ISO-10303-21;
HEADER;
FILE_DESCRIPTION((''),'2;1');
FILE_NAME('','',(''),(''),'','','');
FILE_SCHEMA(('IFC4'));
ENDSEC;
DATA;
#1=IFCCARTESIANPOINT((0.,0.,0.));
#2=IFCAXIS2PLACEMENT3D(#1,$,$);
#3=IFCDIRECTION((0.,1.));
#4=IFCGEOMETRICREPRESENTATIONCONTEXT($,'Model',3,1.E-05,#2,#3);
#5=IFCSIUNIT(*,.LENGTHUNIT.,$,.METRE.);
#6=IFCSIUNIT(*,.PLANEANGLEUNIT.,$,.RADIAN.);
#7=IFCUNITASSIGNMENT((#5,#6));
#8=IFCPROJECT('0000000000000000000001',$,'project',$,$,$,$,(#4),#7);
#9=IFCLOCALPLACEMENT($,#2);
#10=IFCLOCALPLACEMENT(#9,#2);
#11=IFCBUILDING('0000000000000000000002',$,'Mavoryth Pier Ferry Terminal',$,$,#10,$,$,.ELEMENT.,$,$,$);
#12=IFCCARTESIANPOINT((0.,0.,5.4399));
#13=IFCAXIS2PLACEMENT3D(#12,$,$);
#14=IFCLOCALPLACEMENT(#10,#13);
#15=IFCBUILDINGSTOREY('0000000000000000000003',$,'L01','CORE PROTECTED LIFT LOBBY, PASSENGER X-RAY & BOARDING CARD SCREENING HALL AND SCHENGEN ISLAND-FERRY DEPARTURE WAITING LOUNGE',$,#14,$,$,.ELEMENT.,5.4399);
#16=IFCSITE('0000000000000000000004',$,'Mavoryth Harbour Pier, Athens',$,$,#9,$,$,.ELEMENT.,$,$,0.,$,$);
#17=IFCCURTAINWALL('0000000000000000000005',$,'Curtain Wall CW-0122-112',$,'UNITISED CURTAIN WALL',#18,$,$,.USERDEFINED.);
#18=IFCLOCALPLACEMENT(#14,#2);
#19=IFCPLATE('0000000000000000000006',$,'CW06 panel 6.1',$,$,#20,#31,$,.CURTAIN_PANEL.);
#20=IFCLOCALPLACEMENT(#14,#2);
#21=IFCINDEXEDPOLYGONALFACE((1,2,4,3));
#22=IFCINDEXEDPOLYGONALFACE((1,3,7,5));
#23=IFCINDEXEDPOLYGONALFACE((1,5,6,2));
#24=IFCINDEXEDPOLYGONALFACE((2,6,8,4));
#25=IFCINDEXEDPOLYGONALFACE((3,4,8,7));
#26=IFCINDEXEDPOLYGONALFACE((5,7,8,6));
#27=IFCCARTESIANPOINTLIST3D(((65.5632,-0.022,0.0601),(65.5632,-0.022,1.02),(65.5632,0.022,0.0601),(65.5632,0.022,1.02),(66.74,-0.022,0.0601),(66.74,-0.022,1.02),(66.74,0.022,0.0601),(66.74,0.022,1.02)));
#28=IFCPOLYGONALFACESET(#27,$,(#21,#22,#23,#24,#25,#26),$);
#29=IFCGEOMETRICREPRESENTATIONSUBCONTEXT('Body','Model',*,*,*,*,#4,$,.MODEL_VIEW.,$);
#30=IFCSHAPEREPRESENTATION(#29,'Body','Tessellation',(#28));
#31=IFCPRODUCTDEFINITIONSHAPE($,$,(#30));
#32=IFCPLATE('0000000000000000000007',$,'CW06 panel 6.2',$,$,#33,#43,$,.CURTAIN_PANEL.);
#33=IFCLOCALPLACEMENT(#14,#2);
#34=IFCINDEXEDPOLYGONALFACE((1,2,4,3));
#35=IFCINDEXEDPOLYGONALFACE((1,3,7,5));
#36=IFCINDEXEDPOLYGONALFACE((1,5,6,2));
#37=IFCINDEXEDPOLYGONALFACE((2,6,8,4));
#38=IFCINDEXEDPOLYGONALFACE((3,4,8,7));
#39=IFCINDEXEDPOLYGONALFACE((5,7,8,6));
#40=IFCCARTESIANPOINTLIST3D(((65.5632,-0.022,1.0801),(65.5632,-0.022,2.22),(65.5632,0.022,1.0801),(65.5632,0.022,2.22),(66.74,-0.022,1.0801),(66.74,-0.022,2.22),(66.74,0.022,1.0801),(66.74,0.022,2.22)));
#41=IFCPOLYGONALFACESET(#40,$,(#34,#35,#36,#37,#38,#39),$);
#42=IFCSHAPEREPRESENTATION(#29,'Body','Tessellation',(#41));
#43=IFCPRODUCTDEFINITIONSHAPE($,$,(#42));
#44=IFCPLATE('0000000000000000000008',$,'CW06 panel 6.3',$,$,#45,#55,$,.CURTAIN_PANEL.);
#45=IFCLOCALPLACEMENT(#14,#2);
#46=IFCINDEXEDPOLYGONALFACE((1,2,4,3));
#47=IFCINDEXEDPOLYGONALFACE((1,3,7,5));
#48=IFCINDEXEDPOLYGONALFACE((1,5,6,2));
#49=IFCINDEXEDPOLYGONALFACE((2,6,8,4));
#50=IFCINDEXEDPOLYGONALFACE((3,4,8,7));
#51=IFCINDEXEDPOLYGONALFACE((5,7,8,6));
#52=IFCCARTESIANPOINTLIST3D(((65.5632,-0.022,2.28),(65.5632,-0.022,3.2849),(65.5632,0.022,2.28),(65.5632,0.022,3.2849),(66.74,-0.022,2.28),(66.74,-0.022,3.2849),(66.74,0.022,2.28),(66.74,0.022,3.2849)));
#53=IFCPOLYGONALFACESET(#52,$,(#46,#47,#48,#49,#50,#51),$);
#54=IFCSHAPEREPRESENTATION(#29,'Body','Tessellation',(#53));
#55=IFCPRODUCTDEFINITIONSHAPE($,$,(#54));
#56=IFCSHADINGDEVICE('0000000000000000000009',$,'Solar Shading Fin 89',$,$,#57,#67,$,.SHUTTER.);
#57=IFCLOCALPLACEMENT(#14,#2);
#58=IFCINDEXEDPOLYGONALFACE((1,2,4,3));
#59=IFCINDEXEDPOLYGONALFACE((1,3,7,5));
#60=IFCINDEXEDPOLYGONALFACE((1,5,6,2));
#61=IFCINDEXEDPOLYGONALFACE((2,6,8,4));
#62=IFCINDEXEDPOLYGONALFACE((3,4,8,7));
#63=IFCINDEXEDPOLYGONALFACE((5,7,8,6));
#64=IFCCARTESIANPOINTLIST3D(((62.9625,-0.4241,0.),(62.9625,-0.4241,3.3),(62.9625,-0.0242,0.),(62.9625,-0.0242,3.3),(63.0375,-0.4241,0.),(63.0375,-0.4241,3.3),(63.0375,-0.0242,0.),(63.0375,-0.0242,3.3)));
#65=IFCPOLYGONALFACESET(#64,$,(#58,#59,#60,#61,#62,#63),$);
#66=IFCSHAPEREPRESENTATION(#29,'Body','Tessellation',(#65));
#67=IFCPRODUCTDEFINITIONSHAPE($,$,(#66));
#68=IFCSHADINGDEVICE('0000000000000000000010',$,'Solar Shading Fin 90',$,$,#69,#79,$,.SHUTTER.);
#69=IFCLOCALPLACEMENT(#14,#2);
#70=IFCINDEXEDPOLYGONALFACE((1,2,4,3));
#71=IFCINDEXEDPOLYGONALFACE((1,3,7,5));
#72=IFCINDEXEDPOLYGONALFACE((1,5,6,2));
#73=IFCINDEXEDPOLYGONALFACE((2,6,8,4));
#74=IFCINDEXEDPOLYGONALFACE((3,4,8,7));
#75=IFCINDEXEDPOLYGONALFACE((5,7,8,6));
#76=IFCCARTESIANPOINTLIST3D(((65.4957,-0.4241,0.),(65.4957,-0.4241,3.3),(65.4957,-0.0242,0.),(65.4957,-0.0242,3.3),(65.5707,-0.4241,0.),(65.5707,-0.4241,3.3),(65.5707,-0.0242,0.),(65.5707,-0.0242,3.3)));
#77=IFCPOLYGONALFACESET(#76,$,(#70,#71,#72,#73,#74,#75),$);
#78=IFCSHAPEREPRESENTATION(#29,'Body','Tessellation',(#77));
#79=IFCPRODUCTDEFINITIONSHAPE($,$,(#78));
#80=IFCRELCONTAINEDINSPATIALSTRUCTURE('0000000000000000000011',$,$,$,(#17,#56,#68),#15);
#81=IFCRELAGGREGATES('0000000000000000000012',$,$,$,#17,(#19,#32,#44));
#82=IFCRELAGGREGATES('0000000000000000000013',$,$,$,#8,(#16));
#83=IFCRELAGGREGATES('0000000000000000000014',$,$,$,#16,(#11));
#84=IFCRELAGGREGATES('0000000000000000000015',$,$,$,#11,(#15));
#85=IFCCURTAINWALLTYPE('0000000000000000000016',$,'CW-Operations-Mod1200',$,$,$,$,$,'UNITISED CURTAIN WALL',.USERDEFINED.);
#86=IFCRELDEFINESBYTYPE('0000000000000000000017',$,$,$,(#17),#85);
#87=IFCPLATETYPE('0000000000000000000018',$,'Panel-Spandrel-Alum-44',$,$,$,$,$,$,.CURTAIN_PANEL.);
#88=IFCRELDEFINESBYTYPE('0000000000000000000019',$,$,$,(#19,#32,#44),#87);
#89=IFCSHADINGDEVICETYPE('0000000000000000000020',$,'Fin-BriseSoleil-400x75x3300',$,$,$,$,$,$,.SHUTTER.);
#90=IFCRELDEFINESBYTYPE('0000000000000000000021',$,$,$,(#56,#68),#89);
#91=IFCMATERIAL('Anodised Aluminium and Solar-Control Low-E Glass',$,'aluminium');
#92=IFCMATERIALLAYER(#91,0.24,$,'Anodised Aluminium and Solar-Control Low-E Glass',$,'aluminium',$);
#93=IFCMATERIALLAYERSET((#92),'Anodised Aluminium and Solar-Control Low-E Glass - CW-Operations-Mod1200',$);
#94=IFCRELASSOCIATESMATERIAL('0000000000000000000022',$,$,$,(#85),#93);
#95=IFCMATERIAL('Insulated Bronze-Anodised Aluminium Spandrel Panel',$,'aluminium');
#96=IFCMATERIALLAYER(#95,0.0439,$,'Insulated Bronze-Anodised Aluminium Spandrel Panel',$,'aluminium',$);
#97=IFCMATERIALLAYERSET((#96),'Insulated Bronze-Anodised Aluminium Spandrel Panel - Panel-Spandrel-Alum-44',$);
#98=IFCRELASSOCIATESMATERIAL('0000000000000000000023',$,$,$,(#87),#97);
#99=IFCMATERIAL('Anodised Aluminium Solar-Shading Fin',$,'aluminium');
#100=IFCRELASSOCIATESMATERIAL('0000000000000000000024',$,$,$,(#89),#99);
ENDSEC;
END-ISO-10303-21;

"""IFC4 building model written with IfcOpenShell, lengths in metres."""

from ifc_helpers import new_model, si_unit, direction, frame, origin, origin_2d, place, context, subcontext, project, spatial, rectangle, extrude, material, layer, layer_set, type_object, element, aggregate, save


model = new_model("IFC4")

# Units and contexts
model_context = context("Model", 3, precision=1e-05, world=origin(), true_north=direction((0.0, 1.0)))
body_context = subcontext(model_context, "Body", "Model", "MODEL_VIEW")
ifc_project = project(units=[si_unit("LENGTHUNIT", "METRE"), si_unit("PLANEANGLEUNIT", "RADIAN")], contexts=[model_context])

# Site, building, storey
site_placement = place(None, origin())
site = spatial("IfcSite", under=ifc_project, at=site_placement, Name="Mavoryth Harbour Pier, Athens", CompositionType="ELEMENT", RefElevation=0.0)
building_placement = place(site_placement, origin())
building = spatial("IfcBuilding", under=site, at=building_placement, Name="Mavoryth Pier Ferry Terminal", CompositionType="ELEMENT")
storey_placement = place(building_placement, frame((0.0, 0.0, 5.4399)))
storey = spatial("IfcBuildingStorey", under=building, at=storey_placement, Name="L01", Description="CORE PROTECTED LIFT LOBBY, PASSENGER X-RAY & BOARDING CARD SCREENING HALL AND SCHENGEN ISLAND-FERRY DEPARTURE WAITING LOUNGE", CompositionType="ELEMENT", Elevation=5.4399)

# Curtain wall, plates
ifc_material_1 = material(Name="Anodised Aluminium and Solar-Control Low-E Glass", Category="aluminium")
ifc_layer_1 = layer(ifc_material_1, 0.24, Name="Anodised Aluminium and Solar-Control Low-E Glass", Category="aluminium")
ifc_layer_set_1 = layer_set([ifc_layer_1], Name="Anodised Aluminium and Solar-Control Low-E Glass - CW-Operations-Mod1200")
curtain_wall_type = type_object("IfcCurtainWallType", Name="CW-Operations-Mod1200", ElementType="UNITISED CURTAIN WALL", PredefinedType="USERDEFINED", material=ifc_layer_set_1)
curtain_wall_placement = place(storey_placement, origin())
curtain_wall = element("IfcCurtainWall", 1, at=curtain_wall_placement, inside=storey, type_object=curtain_wall_type, Name="Curtain Wall CW-0122-112", ObjectType="UNITISED CURTAIN WALL", PredefinedType="USERDEFINED")
ifc_material_2 = material(Name="Insulated Bronze-Anodised Aluminium Spandrel Panel", Category="aluminium")
ifc_layer_2 = layer(ifc_material_2, 0.0439, Name="Insulated Bronze-Anodised Aluminium Spandrel Panel", Category="aluminium")
ifc_layer_set_2 = layer_set([ifc_layer_2], Name="Insulated Bronze-Anodised Aluminium Spandrel Panel - Panel-Spandrel-Alum-44")
plate_type = type_object("IfcPlateType", Name="Panel-Spandrel-Alum-44", PredefinedType="CURTAIN_PANEL", material=ifc_layer_set_2)
plate_1_placement = place(storey_placement, frame((66.1516, 0.0, 0.0601), z_axis=(0.0, 0.0, 1.0), x_axis=(1.0, 0.0, 0.0)))
plate_1 = element("IfcPlate", 2, at=plate_1_placement, type_object=plate_type, Name="CW06 panel 6.1", PredefinedType="CURTAIN_PANEL", context=body_context, shape_type="SweptSolid", body=[
    extrude(rectangle(XDim=1.1768, YDim=0.0439, at=origin_2d()), origin(), (0.0, 0.0, 1.0), 0.96),
])
plate_2_placement = place(storey_placement, frame((66.1516, 0.0, 1.0801), z_axis=(0.0, 0.0, 1.0), x_axis=(1.0, 0.0, 0.0)))
plate_2 = element("IfcPlate", 3, at=plate_2_placement, type_object=plate_type, Name="CW06 panel 6.2", PredefinedType="CURTAIN_PANEL", context=body_context, shape_type="SweptSolid", body=[
    extrude(rectangle(XDim=1.1768, YDim=0.0439, at=origin_2d()), origin(), (0.0, 0.0, 1.0), 1.1399),
])
plate_3_placement = place(storey_placement, frame((66.1516, 0.0, 2.28), z_axis=(0.0, 0.0, 1.0), x_axis=(1.0, 0.0, 0.0)))
plate_3 = element("IfcPlate", 4, at=plate_3_placement, type_object=plate_type, Name="CW06 panel 6.3", PredefinedType="CURTAIN_PANEL", context=body_context, shape_type="SweptSolid", body=[
    extrude(rectangle(XDim=1.1768, YDim=0.0439, at=origin_2d()), origin(), (0.0, 0.0, 1.0), 1.0049),
])
aggregate(curtain_wall, [plate_1, plate_2, plate_3])

# Shading devices
ifc_material_3 = material(Name="Anodised Aluminium Solar-Shading Fin", Category="aluminium")
shading_device_type = type_object("IfcShadingDeviceType", Name="Fin-BriseSoleil-400x75x3300", PredefinedType="SHUTTER", material=ifc_material_3)
for number, where, z_axis, x_axis, name in (
    (5, (63.0, -0.2241, 0.0), (0.0, 0.0, 1.0), (1.0, 0.0, 0.0), "Solar Shading Fin 89"),
    (6, (65.5332, -0.2241, 0.0), (0.0, 0.0, 1.0), (1.0, 0.0, 0.0), "Solar Shading Fin 90"),
):
    element("IfcShadingDevice", number, at=place(storey_placement, frame(where, z_axis=z_axis, x_axis=x_axis)), inside=storey, type_object=shading_device_type, Name=name, PredefinedType="SHUTTER", context=body_context, shape_type="SweptSolid", body=[
        extrude(rectangle(XDim=0.075, YDim=0.3999, at=origin_2d()), origin(), (0.0, 0.0, 1.0), 3.3),
    ])

save(model, "model.ifc")
